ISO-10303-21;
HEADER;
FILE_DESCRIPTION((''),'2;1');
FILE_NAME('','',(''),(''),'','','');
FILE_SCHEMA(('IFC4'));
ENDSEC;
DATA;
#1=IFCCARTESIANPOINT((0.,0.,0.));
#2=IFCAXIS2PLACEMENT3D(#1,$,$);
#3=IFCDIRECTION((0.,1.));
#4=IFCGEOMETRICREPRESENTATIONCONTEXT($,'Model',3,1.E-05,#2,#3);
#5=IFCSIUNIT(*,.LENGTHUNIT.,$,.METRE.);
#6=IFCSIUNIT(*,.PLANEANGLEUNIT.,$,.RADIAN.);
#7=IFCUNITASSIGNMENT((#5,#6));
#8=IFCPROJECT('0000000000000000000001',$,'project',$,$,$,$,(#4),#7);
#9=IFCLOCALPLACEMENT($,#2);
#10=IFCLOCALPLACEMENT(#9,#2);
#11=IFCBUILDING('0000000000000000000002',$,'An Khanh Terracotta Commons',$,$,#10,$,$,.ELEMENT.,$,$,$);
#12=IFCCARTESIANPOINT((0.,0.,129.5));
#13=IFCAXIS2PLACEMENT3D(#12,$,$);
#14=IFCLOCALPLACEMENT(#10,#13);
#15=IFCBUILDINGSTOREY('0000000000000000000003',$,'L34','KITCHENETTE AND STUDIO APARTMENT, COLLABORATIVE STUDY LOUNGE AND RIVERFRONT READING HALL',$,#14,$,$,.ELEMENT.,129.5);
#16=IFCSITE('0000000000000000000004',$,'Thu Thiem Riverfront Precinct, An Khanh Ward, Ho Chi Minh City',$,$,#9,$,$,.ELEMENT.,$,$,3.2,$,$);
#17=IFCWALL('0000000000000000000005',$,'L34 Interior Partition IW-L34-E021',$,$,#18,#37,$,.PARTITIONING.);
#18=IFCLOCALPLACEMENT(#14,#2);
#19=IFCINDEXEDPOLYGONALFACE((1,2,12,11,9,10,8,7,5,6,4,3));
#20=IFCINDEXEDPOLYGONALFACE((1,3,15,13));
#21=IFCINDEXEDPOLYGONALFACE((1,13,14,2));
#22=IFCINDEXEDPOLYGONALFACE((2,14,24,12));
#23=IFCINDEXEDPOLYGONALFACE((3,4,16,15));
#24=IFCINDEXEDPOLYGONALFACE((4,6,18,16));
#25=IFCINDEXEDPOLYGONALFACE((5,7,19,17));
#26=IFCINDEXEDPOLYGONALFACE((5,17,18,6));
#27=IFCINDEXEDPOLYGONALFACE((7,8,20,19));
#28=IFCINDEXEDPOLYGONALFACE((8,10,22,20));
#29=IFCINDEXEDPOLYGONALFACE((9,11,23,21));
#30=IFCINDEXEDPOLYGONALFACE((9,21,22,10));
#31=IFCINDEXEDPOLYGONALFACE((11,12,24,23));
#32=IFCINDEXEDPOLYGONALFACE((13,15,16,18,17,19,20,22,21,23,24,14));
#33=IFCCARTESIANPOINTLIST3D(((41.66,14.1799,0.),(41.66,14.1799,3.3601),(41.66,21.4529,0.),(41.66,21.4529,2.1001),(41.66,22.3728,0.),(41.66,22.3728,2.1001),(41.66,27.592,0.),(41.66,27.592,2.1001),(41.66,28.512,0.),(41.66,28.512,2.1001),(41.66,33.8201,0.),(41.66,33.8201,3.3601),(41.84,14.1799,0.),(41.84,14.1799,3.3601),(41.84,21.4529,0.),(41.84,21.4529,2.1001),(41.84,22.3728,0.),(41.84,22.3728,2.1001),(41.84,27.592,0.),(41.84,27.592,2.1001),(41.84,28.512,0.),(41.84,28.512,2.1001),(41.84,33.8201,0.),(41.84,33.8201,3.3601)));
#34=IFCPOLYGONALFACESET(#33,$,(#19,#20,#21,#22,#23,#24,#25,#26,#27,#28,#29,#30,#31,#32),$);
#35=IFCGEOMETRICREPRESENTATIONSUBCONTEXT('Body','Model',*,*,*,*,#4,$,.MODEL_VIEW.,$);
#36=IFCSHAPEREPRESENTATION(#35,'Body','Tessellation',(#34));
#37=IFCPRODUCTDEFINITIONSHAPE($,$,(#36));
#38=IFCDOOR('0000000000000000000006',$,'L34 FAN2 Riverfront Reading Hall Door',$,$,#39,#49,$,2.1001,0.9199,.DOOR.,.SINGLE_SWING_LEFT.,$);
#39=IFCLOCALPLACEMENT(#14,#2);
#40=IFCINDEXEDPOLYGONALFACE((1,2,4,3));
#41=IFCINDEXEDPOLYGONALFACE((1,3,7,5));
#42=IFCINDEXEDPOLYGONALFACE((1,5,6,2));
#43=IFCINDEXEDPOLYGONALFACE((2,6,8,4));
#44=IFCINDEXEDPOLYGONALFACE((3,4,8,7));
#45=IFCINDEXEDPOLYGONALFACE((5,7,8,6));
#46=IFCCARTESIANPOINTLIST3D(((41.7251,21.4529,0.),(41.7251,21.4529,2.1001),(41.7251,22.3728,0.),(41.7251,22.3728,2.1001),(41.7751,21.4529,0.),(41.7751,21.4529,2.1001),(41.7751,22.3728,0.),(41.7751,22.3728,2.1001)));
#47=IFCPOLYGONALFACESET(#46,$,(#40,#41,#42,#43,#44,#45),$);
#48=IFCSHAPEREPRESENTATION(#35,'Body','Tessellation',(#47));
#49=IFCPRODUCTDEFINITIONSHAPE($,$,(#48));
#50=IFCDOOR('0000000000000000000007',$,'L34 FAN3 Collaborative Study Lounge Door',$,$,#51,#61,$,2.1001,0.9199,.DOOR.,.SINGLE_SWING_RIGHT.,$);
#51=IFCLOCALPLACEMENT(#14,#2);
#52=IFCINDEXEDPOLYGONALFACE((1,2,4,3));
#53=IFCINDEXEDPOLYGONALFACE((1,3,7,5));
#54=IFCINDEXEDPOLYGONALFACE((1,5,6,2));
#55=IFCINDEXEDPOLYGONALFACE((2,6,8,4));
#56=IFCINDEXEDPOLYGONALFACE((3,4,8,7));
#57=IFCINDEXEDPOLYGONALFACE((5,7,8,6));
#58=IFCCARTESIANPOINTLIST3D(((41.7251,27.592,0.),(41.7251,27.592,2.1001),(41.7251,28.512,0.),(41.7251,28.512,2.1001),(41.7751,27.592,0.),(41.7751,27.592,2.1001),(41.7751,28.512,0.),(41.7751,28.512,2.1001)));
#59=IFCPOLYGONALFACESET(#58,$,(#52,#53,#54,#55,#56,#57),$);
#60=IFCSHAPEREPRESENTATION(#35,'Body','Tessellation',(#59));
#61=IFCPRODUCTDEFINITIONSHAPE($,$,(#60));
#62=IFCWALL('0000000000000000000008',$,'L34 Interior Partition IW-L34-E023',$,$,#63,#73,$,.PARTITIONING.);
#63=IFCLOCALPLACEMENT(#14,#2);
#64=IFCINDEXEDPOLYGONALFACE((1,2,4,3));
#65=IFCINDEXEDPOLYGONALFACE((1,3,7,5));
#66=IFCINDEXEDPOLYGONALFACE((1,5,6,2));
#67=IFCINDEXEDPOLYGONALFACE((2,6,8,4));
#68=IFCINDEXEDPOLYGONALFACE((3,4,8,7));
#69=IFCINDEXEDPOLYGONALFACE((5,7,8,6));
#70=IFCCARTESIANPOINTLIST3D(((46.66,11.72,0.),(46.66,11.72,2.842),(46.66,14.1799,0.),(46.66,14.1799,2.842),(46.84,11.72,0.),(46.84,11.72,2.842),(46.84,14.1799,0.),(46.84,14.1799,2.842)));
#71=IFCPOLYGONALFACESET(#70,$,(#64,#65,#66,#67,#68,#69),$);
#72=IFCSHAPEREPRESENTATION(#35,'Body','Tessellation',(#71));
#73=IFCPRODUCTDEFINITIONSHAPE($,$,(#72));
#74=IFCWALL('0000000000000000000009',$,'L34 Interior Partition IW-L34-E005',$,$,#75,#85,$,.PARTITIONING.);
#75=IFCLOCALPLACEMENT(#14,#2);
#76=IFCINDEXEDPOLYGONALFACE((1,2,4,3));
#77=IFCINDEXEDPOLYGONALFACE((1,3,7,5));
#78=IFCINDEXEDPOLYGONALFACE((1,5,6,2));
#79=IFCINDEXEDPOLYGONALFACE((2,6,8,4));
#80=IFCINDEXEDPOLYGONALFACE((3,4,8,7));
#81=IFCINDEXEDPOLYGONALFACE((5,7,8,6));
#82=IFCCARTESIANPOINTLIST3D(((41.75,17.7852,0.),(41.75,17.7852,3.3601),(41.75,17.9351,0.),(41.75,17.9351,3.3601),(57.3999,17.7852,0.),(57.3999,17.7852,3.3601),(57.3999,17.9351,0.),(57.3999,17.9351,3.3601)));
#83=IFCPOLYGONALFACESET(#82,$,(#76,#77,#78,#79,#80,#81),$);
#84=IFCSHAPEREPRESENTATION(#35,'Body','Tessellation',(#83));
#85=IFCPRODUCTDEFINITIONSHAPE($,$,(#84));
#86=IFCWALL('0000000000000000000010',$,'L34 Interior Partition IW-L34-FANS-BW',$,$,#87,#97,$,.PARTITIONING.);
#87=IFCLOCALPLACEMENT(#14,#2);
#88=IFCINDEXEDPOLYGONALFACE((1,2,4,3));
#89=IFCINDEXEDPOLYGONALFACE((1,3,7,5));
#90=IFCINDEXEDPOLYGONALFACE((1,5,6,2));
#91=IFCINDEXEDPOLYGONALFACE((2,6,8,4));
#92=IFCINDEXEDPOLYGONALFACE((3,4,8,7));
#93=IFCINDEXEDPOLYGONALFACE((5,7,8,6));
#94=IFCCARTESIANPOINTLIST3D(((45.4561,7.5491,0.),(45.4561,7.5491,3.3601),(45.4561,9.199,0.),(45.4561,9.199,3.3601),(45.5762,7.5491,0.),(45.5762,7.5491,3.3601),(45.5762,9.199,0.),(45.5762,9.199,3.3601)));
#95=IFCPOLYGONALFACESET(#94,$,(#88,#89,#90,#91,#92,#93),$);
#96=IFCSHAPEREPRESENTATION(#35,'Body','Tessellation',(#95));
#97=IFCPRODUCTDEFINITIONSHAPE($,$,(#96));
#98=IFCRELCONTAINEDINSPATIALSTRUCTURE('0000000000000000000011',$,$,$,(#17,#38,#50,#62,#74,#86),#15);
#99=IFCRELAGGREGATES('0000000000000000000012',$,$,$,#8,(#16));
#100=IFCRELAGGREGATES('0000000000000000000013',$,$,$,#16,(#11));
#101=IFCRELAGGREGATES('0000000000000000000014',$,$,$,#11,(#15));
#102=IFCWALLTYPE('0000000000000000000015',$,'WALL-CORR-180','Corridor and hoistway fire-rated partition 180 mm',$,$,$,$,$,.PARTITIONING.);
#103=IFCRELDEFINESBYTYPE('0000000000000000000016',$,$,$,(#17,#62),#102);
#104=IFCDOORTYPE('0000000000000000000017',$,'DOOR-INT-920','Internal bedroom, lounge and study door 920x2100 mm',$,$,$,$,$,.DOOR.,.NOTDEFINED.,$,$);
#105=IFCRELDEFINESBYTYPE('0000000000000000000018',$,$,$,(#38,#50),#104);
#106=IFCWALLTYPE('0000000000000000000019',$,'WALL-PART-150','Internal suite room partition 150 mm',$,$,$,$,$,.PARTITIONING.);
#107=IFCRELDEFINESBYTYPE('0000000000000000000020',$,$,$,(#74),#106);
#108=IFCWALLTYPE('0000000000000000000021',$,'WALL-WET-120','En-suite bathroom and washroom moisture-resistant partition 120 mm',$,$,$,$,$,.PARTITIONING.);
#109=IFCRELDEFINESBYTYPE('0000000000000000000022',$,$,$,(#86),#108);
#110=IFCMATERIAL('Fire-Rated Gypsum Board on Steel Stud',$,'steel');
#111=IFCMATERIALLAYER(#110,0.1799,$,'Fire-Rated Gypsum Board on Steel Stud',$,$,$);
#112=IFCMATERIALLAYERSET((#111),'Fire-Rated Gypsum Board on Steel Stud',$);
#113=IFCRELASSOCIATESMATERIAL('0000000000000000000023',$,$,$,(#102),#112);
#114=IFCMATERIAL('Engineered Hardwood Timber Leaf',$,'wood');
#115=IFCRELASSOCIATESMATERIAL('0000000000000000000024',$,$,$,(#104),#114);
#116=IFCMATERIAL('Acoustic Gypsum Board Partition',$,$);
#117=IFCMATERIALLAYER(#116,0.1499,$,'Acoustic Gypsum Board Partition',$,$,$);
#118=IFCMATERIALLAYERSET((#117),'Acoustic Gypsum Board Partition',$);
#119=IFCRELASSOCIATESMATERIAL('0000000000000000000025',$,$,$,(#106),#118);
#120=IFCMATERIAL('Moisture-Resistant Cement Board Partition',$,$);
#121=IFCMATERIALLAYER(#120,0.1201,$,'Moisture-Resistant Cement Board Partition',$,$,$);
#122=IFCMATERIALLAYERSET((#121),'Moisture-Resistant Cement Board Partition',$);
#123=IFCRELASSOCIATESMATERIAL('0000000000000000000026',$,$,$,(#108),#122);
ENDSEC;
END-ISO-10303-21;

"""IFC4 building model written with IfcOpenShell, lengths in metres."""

from ifc_helpers import new_model, si_unit, direction, frame, frame_2d, origin, place, context, subcontext, project, spatial, rectangle, extrude, material, layer, layer_set, type_object, element, fill, save


model = new_model("IFC4")

# Units and contexts
model_context = context("Model", 3, precision=1e-05, world=origin(), true_north=direction((0.0, 1.0)))
body_context = subcontext(model_context, "Body", "Model", "MODEL_VIEW")
ifc_project = project(units=[si_unit("LENGTHUNIT", "METRE"), si_unit("PLANEANGLEUNIT", "RADIAN")], contexts=[model_context])

# Site, building, storey
site_placement = place(None, origin())
site = spatial("IfcSite", under=ifc_project, at=site_placement, Name="Thu Thiem Riverfront Precinct, An Khanh Ward, Ho Chi Minh City", CompositionType="ELEMENT", RefElevation=3.2)
building_placement = place(site_placement, origin())
building = spatial("IfcBuilding", under=site, at=building_placement, Name="An Khanh Terracotta Commons", CompositionType="ELEMENT")
storey_placement = place(building_placement, frame((0.0, 0.0, 129.5)))
storey = spatial("IfcBuildingStorey", under=building, at=storey_placement, Name="L34", Description="KITCHENETTE AND STUDIO APARTMENT, COLLABORATIVE STUDY LOUNGE AND RIVERFRONT READING HALL", CompositionType="ELEMENT", Elevation=129.5)

# Shared definitions
ifc_material_1 = material(Name="Fire-Rated Gypsum Board on Steel Stud", Category="steel")
ifc_layer_1 = layer(ifc_material_1, 0.1799, Name="Fire-Rated Gypsum Board on Steel Stud")
ifc_layer_set_1 = layer_set([ifc_layer_1], Name="Fire-Rated Gypsum Board on Steel Stud")
wall_type_1 = type_object("IfcWallType", Name="WALL-CORR-180", Description="Corridor and hoistway fire-rated partition 180 mm", PredefinedType="PARTITIONING", material=ifc_layer_set_1)
ifc_material_2 = material(Name="Engineered Hardwood Timber Leaf", Category="wood")
door_type_1 = type_object("IfcDoorType", Name="DOOR-INT-920", Description="Internal bedroom, lounge and study door 920x2100 mm", OperationType="NOTDEFINED", PredefinedType="DOOR", material=ifc_material_2)

# Wall, openings, doors
wall_1_placement = place(storey_placement, frame((41.75, 14.1799, 0.0), z_axis=(0.0, 0.0, 1.0), x_axis=(0.0, 1.0, 0.0)))
wall_1 = element("IfcWall", 1, at=wall_1_placement, inside=storey, type_object=wall_type_1, Name="L34 Interior Partition IW-L34-E021", PredefinedType="PARTITIONING", context=body_context, shape_type="SweptSolid", body=[
    extrude(rectangle(XDim=19.6401, YDim=0.1799, at=frame_2d((9.8201, 0.0))), origin(), (0.0, 0.0, 1.0), 3.3601),
])
opening_1_placement = place(wall_1_placement, frame((7.2729, 0.0, 0.0)))
opening_1 = element("IfcOpeningElement", 2, at=opening_1_placement, cuts=wall_1, PredefinedType="OPENING", context=body_context, shape_type="SweptSolid", body=[
    extrude(rectangle(XDim=0.9199, YDim=2.1001, at=frame_2d((0.46, 1.05))), frame((0.0, 0.0999, 0.0), z_axis=(0.0, -1.0, 0.0), x_axis=(1.0, 0.0, 0.0)), (0.0, 0.0, 1.0), 0.2),
])
opening_2_placement = place(wall_1_placement, frame((13.4121, 0.0, 0.0)))
opening_2 = element("IfcOpeningElement", 3, at=opening_2_placement, cuts=wall_1, PredefinedType="OPENING", context=body_context, shape_type="SweptSolid", body=[
    extrude(rectangle(XDim=0.9199, YDim=2.1001, at=frame_2d((0.46, 1.05))), frame((0.0, 0.0999, 0.0), z_axis=(0.0, -1.0, 0.0), x_axis=(1.0, 0.0, 0.0)), (0.0, 0.0, 1.0), 0.2),
])
door_1_placement = place(opening_1_placement, origin())
door_1 = element("IfcDoor", 4, at=door_1_placement, inside=storey, type_object=door_type_1, Name="L34 FAN2 Riverfront Reading Hall Door", OperationType="SINGLE_SWING_LEFT", OverallHeight=2.1001, OverallWidth=0.9199, PredefinedType="DOOR", context=body_context, shape_type="SweptSolid", body=[
    extrude(rectangle(XDim=0.9199, YDim=2.1001, at=frame_2d((0.46, 1.05))), frame((0.0, 0.0249, 0.0), z_axis=(0.0, -1.0, 0.0), x_axis=(1.0, 0.0, 0.0)), (0.0, 0.0, 1.0), 0.05),
])
fill(opening_1, door_1)
door_2_placement = place(opening_2_placement, origin())
door_2 = element("IfcDoor", 5, at=door_2_placement, inside=storey, type_object=door_type_1, Name="L34 FAN3 Collaborative Study Lounge Door", OperationType="SINGLE_SWING_RIGHT", OverallHeight=2.1001, OverallWidth=0.9199, PredefinedType="DOOR", context=body_context, shape_type="SweptSolid", body=[
    extrude(rectangle(XDim=0.9199, YDim=2.1001, at=frame_2d((0.46, 1.05))), frame((0.0, 0.0249, 0.0), z_axis=(0.0, -1.0, 0.0), x_axis=(1.0, 0.0, 0.0)), (0.0, 0.0, 1.0), 0.05),
])
fill(opening_2, door_2)

# Walls
wall_2_placement = place(storey_placement, frame((46.75, 11.72, 0.0), z_axis=(0.0, 0.0, 1.0), x_axis=(0.0, 1.0, 0.0)))
element("IfcWall", 6, at=wall_2_placement, inside=storey, type_object=wall_type_1, Name="L34 Interior Partition IW-L34-E023", PredefinedType="PARTITIONING", context=body_context, shape_type="SweptSolid", body=[
    extrude(rectangle(XDim=2.46, YDim=0.1799, at=frame_2d((1.23, 0.0))), origin(), (0.0, 0.0, 1.0), 2.842),
])
ifc_material_3 = material(Name="Acoustic Gypsum Board Partition")
ifc_layer_2 = layer(ifc_material_3, 0.1499, Name="Acoustic Gypsum Board Partition")
ifc_layer_set_2 = layer_set([ifc_layer_2], Name="Acoustic Gypsum Board Partition")
wall_type_2 = type_object("IfcWallType", Name="WALL-PART-150", Description="Internal suite room partition 150 mm", PredefinedType="PARTITIONING", material=ifc_layer_set_2)
wall_3_placement = place(storey_placement, frame((41.75, 17.8601, 0.0), z_axis=(0.0, 0.0, 1.0), x_axis=(1.0, 0.0, 0.0)))
element("IfcWall", 7, at=wall_3_placement, inside=storey, type_object=wall_type_2, Name="L34 Interior Partition IW-L34-E005", PredefinedType="PARTITIONING", context=body_context, shape_type="SweptSolid", body=[
    extrude(rectangle(XDim=15.6499, YDim=0.1499, at=frame_2d((7.825, 0.0))), origin(), (0.0, 0.0, 1.0), 3.3601),
])
ifc_material_4 = material(Name="Moisture-Resistant Cement Board Partition")
ifc_layer_3 = layer(ifc_material_4, 0.1201, Name="Moisture-Resistant Cement Board Partition")
ifc_layer_set_3 = layer_set([ifc_layer_3], Name="Moisture-Resistant Cement Board Partition")
wall_type_3 = type_object("IfcWallType", Name="WALL-WET-120", Description="En-suite bathroom and washroom moisture-resistant partition 120 mm", PredefinedType="PARTITIONING", material=ifc_layer_set_3)
wall_4_placement = place(storey_placement, frame((45.5161, 9.199, 0.0), z_axis=(0.0, 0.0, 1.0), x_axis=(0.0, -1.0, 0.0)))
element("IfcWall", 8, at=wall_4_placement, inside=storey, type_object=wall_type_3, Name="L34 Interior Partition IW-L34-FANS-BW", PredefinedType="PARTITIONING", context=body_context, shape_type="SweptSolid", body=[
    extrude(rectangle(XDim=1.6499, YDim=0.1201, at=frame_2d((0.825, 0.0))), origin(), (0.0, 0.0, 1.0), 3.3601),
])

save(model, "model.ifc")
